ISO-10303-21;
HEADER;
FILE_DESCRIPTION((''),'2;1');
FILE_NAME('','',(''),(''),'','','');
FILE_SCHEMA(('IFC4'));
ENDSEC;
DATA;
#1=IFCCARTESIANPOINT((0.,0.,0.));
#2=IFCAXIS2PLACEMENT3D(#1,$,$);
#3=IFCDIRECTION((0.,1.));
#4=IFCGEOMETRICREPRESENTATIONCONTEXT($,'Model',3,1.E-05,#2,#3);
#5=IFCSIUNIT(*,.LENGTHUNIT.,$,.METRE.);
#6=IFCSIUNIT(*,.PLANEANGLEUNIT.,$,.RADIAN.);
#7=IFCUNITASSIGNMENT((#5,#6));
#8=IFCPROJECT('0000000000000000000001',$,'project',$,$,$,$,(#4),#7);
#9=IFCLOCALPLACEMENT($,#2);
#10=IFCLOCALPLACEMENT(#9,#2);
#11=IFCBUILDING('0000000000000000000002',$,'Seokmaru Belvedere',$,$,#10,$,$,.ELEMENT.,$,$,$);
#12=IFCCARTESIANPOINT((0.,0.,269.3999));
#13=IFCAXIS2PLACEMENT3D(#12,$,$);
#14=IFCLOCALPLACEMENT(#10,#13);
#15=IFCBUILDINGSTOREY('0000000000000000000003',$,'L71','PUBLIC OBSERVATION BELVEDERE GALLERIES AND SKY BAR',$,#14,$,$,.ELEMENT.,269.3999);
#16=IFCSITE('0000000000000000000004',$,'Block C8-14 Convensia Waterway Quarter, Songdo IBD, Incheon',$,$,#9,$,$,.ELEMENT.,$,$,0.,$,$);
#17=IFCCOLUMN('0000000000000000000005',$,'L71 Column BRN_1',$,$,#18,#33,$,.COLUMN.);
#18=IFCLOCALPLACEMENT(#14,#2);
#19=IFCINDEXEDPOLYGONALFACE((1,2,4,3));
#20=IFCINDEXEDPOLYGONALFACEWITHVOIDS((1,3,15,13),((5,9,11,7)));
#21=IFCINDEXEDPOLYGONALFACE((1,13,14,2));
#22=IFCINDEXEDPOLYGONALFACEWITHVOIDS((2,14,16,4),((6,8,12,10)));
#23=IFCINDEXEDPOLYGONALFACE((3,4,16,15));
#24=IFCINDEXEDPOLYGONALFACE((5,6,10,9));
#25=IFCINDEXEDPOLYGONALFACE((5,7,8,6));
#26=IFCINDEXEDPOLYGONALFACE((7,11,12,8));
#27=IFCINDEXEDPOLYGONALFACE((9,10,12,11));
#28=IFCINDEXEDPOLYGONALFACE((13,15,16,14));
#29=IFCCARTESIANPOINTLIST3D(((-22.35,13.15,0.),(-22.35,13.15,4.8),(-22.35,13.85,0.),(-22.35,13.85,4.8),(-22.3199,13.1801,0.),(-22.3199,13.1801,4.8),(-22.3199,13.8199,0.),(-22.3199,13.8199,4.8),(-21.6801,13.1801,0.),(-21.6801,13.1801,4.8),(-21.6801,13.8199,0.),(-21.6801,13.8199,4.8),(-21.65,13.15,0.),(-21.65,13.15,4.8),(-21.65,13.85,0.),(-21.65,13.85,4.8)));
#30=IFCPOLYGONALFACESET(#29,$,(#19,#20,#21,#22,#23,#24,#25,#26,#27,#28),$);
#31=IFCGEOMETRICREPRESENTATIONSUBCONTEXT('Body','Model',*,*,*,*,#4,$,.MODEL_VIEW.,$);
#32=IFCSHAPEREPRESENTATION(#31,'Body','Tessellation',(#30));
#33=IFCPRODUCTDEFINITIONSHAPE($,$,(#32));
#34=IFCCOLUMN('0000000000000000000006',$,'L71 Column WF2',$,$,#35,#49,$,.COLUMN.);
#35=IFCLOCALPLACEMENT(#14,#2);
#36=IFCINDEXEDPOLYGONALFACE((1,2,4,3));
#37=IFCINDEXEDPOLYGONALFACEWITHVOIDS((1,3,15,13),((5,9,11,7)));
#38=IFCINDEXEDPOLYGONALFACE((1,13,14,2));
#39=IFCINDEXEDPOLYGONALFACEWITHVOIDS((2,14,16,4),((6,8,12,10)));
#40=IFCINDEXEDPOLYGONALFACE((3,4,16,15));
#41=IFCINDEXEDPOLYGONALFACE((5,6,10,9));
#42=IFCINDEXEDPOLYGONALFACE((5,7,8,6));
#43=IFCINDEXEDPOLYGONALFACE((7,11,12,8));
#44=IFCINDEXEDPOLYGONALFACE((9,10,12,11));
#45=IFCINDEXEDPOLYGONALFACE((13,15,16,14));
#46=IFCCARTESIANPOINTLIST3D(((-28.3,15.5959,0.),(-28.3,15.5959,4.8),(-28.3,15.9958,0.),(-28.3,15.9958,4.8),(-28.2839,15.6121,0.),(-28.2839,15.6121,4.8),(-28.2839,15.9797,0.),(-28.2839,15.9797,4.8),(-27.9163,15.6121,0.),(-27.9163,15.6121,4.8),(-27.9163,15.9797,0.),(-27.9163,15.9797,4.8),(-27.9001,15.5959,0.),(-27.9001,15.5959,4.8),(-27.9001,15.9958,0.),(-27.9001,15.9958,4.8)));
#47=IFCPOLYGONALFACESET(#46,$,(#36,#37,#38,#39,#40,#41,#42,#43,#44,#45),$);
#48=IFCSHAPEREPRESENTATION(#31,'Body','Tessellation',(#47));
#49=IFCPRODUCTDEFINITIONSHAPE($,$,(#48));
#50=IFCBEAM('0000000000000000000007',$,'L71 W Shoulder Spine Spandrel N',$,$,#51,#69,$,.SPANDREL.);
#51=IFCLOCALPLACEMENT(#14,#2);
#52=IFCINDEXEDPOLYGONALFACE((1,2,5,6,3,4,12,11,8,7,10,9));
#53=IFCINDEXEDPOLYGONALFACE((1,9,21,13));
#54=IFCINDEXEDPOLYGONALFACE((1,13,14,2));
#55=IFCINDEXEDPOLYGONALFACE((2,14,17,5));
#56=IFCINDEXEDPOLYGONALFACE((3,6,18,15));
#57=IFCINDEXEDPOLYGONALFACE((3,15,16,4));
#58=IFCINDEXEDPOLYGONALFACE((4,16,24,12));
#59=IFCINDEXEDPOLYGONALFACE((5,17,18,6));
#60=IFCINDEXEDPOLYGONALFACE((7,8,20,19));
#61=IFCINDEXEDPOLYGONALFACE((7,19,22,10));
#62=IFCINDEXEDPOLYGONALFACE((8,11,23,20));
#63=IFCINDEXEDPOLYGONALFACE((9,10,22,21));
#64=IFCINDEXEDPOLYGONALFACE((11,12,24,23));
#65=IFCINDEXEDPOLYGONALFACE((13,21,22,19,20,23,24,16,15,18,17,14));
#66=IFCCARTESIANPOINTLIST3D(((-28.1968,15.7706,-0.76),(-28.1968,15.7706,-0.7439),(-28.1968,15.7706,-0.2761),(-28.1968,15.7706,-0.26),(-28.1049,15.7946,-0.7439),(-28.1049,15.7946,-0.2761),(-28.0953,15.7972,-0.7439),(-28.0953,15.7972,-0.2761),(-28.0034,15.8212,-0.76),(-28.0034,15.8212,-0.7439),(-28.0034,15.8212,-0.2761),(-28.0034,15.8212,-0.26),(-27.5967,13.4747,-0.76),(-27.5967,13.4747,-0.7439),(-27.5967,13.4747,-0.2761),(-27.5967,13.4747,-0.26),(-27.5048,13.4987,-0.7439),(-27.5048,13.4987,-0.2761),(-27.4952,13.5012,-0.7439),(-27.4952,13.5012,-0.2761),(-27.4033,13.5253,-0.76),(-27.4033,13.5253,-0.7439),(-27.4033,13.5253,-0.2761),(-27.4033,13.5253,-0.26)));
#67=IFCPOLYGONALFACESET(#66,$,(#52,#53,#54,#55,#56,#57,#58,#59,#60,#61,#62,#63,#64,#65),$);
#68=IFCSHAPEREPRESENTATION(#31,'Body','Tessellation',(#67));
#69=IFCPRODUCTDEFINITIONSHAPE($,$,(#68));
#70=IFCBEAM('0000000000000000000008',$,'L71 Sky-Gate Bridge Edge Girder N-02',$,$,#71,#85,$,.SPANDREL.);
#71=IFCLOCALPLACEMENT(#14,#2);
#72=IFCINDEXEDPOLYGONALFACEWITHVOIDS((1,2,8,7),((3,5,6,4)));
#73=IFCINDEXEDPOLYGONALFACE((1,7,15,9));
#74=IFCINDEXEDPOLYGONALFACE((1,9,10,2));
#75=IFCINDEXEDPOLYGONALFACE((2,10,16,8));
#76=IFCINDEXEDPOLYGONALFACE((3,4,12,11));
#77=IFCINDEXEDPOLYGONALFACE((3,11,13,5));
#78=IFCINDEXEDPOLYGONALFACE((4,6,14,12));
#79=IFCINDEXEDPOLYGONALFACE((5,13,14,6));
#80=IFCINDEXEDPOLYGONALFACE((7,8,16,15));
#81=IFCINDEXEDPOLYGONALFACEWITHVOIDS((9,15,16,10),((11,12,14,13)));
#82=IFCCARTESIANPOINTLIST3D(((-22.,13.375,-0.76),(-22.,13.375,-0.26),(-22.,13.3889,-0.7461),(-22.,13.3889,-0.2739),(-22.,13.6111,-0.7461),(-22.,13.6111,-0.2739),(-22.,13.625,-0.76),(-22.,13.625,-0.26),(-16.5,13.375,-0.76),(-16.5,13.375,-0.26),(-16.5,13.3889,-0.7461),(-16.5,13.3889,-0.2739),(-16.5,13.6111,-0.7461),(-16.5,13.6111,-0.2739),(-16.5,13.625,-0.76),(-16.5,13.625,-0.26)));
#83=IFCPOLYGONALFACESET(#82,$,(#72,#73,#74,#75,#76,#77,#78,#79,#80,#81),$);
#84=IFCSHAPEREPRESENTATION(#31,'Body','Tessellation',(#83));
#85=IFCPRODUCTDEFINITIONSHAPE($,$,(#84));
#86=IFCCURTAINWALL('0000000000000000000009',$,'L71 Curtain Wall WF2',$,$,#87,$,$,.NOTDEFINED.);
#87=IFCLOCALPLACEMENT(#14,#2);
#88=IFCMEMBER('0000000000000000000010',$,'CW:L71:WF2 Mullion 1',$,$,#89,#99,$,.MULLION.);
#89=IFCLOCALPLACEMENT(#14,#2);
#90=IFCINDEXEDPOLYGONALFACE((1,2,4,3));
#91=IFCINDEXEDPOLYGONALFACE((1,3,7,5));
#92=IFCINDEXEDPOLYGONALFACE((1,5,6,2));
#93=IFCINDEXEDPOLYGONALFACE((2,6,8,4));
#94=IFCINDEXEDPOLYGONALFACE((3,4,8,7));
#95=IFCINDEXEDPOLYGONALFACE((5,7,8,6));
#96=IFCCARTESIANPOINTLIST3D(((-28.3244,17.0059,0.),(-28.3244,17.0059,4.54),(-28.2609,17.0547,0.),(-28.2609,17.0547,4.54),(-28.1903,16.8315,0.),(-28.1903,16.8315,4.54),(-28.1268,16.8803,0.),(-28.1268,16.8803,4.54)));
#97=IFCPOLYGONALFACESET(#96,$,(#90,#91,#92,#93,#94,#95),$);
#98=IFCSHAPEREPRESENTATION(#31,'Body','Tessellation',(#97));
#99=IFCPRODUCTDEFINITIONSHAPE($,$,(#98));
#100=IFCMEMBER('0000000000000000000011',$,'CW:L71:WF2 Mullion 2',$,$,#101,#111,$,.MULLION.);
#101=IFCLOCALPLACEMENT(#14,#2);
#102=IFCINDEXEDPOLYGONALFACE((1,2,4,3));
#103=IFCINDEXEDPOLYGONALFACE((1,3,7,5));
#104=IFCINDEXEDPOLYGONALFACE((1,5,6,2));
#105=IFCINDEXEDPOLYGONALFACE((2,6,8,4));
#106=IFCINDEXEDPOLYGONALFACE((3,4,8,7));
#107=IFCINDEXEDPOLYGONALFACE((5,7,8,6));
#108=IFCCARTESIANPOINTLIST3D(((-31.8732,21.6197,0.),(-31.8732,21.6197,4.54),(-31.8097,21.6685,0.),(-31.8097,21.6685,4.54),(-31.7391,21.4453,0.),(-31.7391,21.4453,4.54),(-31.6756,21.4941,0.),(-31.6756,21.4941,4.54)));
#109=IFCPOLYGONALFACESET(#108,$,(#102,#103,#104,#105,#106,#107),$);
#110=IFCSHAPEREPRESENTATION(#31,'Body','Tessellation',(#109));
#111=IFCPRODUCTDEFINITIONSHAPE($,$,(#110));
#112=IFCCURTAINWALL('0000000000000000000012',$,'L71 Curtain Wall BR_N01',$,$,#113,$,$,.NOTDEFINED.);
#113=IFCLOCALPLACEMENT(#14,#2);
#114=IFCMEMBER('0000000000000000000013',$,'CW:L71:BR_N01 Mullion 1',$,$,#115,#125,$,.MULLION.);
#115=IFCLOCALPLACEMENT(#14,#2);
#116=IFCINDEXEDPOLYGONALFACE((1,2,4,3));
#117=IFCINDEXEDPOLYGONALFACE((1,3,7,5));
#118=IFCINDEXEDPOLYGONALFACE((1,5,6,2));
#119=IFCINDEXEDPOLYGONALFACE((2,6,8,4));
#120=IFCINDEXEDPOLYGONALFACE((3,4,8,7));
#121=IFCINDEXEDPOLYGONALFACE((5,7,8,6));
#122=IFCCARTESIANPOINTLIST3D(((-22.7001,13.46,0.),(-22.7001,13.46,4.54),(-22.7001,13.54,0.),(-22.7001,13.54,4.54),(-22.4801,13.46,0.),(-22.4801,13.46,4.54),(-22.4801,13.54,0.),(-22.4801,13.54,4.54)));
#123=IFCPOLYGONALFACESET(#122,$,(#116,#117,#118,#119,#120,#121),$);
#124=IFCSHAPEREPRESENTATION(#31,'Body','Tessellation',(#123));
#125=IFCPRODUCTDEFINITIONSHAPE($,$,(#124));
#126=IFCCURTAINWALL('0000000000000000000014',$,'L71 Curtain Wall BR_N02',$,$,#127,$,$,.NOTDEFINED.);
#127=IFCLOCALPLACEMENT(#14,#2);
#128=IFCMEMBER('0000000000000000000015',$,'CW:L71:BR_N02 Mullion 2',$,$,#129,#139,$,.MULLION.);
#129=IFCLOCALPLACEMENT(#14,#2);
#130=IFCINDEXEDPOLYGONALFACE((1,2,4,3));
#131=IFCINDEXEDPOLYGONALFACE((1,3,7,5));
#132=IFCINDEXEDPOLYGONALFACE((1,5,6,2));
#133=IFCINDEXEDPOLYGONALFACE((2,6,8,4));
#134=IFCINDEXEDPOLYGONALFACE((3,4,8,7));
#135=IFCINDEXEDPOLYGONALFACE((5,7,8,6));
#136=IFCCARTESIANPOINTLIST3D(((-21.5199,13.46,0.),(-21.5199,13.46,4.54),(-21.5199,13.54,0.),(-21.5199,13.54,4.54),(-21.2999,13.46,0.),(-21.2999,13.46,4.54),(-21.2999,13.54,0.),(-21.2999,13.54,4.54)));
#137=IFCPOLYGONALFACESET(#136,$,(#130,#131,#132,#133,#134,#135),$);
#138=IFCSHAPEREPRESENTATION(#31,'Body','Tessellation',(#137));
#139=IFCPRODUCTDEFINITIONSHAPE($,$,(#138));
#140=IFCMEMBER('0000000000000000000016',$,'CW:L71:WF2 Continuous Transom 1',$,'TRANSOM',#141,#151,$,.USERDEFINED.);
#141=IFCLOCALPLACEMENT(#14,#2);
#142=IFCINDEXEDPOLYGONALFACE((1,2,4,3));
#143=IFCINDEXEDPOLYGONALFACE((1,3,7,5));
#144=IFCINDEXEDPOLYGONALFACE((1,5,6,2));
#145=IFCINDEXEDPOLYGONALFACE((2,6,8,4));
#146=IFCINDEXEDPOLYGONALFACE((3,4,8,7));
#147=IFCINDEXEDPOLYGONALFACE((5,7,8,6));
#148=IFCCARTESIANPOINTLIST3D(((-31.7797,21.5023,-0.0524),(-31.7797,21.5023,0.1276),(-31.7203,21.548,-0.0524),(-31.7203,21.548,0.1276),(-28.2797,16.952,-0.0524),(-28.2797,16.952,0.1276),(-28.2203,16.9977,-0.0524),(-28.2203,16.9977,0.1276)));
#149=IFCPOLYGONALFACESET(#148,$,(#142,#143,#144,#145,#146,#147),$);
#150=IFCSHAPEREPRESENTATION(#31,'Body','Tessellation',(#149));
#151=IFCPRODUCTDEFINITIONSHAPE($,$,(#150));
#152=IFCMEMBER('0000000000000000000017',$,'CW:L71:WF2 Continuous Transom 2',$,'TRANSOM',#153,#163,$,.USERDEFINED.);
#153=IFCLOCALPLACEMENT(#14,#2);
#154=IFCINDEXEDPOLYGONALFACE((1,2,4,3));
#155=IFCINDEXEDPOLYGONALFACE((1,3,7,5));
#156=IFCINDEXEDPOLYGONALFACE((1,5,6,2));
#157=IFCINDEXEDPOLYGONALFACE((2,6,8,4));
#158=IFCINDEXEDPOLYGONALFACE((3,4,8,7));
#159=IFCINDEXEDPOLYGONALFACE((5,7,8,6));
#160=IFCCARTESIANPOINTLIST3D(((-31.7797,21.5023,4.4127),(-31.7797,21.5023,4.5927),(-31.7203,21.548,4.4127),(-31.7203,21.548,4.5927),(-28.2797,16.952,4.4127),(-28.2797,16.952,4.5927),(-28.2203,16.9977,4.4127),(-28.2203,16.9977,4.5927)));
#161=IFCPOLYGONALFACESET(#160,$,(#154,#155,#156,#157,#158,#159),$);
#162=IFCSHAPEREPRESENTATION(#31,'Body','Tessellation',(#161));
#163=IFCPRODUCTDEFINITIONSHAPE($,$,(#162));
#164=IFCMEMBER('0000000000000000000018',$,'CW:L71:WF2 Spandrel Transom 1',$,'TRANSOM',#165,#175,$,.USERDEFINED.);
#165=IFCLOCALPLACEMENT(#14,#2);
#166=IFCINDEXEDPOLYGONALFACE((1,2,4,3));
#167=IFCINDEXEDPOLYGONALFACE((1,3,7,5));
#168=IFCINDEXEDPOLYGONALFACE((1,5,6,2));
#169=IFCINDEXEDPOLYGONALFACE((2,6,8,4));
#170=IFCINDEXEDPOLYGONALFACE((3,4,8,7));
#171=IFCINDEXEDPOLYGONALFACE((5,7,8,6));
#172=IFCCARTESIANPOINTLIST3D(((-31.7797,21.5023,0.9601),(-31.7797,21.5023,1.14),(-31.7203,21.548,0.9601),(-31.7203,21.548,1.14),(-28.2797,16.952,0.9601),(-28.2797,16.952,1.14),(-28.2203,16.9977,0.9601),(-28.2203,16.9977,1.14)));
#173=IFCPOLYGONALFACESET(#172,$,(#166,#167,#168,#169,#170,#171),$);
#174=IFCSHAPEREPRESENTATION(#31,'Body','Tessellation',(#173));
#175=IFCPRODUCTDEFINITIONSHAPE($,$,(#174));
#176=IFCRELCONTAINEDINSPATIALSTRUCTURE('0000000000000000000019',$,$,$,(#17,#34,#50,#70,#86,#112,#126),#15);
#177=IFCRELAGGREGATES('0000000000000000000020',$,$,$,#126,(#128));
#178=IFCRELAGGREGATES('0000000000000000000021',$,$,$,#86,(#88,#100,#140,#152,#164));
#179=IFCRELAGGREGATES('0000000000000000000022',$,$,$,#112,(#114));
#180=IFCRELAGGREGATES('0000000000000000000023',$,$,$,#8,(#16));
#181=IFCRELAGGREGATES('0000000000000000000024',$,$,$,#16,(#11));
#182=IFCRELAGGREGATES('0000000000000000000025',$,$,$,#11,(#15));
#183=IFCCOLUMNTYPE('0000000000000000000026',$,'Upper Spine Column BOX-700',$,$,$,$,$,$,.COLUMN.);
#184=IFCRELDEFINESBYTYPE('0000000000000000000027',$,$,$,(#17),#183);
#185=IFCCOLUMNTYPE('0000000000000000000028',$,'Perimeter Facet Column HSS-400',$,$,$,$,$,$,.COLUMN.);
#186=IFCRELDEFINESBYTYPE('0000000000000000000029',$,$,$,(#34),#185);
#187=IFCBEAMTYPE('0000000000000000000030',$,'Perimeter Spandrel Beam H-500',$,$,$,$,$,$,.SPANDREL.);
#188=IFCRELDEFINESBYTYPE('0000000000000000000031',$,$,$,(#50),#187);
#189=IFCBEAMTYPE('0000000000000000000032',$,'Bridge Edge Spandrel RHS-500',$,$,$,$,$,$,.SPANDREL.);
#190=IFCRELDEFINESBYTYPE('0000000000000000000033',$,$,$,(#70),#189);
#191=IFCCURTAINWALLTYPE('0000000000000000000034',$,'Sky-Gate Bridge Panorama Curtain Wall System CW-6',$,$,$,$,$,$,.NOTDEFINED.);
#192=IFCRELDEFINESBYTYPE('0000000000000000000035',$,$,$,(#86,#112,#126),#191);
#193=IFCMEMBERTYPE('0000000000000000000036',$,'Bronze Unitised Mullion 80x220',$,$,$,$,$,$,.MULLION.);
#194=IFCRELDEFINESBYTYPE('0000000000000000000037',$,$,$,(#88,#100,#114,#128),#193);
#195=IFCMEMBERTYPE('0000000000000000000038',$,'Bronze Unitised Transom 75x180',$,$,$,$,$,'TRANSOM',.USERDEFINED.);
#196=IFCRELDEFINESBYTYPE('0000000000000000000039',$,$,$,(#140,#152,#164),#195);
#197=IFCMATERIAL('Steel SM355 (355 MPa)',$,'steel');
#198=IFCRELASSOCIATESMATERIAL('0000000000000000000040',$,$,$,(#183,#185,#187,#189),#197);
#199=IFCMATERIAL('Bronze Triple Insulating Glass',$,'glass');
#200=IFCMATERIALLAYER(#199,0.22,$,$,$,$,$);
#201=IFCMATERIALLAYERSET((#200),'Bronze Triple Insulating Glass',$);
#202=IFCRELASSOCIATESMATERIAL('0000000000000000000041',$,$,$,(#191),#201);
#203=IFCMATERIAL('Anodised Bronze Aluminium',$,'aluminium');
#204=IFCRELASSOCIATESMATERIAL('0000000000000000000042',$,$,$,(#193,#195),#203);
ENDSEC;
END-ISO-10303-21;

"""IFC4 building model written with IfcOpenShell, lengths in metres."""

from ifc_helpers import new_model, si_unit, direction, frame, origin, origin_2d, place, context, subcontext, project, spatial, rectangle, hollow_rectangle, i_section, extrude, source, transform, mapped, material, layer, layer_set, material_profile, profile_set, type_object, type_shapes, element, aggregate, save


model = new_model("IFC4")

# Units and contexts
model_context = context("Model", 3, precision=1e-05, world=origin(), true_north=direction((0.0, 1.0)))
body_context = subcontext(model_context, "Body", "Model", "MODEL_VIEW")
ifc_project = project(units=[si_unit("LENGTHUNIT", "METRE"), si_unit("PLANEANGLEUNIT", "RADIAN")], contexts=[model_context])

# Site, building, storey
site_placement = place(None, origin())
site = spatial("IfcSite", under=ifc_project, at=site_placement, Name="Block C8-14 Convensia Waterway Quarter, Songdo IBD, Incheon", CompositionType="ELEMENT", RefElevation=0.0)
building_placement = place(site_placement, origin())
building = spatial("IfcBuilding", under=site, at=building_placement, Name="Seokmaru Belvedere", CompositionType="ELEMENT")
storey_placement = place(building_placement, frame((0.0, 0.0, 269.3999)))
storey = spatial("IfcBuildingStorey", under=building, at=storey_placement, Name="L71", Description="PUBLIC OBSERVATION BELVEDERE GALLERIES AND SKY BAR", CompositionType="ELEMENT", Elevation=269.3999)

# Columns
ifc_material_1 = material(Name="Steel SM355 (355 MPa)", Category="steel")
ifc_material_profile_1 = material_profile(ifc_material_1, hollow_rectangle(XDim=0.7, YDim=0.7, WallThickness=0.03, at=origin_2d()), Name="BOX-700x700x30")
ifc_profile_set_1 = profile_set([ifc_material_profile_1], Name="Steel SM355 (355 MPa)")
column_type_1 = type_object("IfcColumnType", Name="Upper Spine Column BOX-700", PredefinedType="COLUMN", material=ifc_profile_set_1)
shared_shape_1 = source(origin(), body_context, "Body", "SweptSolid", [
    extrude(hollow_rectangle(XDim=0.7, YDim=0.7, WallThickness=0.03, at=origin_2d()), origin(), (0.0, 0.0, 1.0), 4.8),
])
type_shapes(column_type_1, [shared_shape_1])
column_1_placement = place(storey_placement, frame((-22.0, 13.5, 0.0), z_axis=(0.0, 0.0, 1.0), x_axis=(1.0, 0.0, 0.0)))
element("IfcColumn", 1, at=column_1_placement, inside=storey, type_object=column_type_1, Name="L71 Column BRN_1", PredefinedType="COLUMN", context=body_context, shape_type="MappedRepresentation", body=[
    mapped(shared_shape_1, transform((0.0, 0.0, 0.0), scale=1.0)),
])
ifc_material_profile_2 = material_profile(ifc_material_1, hollow_rectangle(XDim=0.3999, YDim=0.3999, WallThickness=0.0161, at=origin_2d()), Name="HSS-400x400x16")
ifc_profile_set_2 = profile_set([ifc_material_profile_2], Name="Steel SM355 (355 MPa)")
column_type_2 = type_object("IfcColumnType", Name="Perimeter Facet Column HSS-400", PredefinedType="COLUMN", material=ifc_profile_set_2)
shared_shape_2 = source(origin(), body_context, "Body", "SweptSolid", [
    extrude(hollow_rectangle(XDim=0.3999, YDim=0.3999, WallThickness=0.0161, at=origin_2d()), origin(), (0.0, 0.0, 1.0), 4.8),
])
type_shapes(column_type_2, [shared_shape_2])
column_2_placement = place(storey_placement, frame((-28.1001, 15.7959, 0.0), z_axis=(0.0, 0.0, 1.0), x_axis=(1.0, 0.0, 0.0)))
element("IfcColumn", 2, at=column_2_placement, inside=storey, type_object=column_type_2, Name="L71 Column WF2", PredefinedType="COLUMN", context=body_context, shape_type="MappedRepresentation", body=[
    mapped(shared_shape_2, transform((0.0, 0.0, 0.0), scale=1.0)),
])

# Beams
ifc_material_profile_3 = material_profile(ifc_material_1, i_section(OverallWidth=0.2, OverallDepth=0.5, WebThickness=0.01, FlangeThickness=0.0161, at=origin_2d()), Name="H-500x200x10x16")
ifc_profile_set_3 = profile_set([ifc_material_profile_3], Name="Steel SM355 (355 MPa)")
beam_type_1 = type_object("IfcBeamType", Name="Perimeter Spandrel Beam H-500", PredefinedType="SPANDREL", material=ifc_profile_set_3)
shared_shape_3 = source(origin(), body_context, "Body", "SweptSolid", [
    extrude(i_section(OverallWidth=0.2, OverallDepth=0.5, WebThickness=0.01, FlangeThickness=0.0161, at=origin_2d()), origin(), (0.0, 0.0, 1.0), 2.373),
])
type_shapes(beam_type_1, [shared_shape_3])
beam_1_placement = place(storey_placement, frame((-28.1001, 15.7959, -0.51), z_axis=(0.252883, -0.967497, 0.0), x_axis=(0.967497, 0.252883, 0.0)))
element("IfcBeam", 3, at=beam_1_placement, inside=storey, type_object=beam_type_1, Name="L71 W Shoulder Spine Spandrel N", PredefinedType="SPANDREL", context=body_context, shape_type="MappedRepresentation", body=[
    mapped(shared_shape_3, transform((0.0, 0.0, 0.0), scale=1.0)),
])
ifc_material_profile_4 = material_profile(ifc_material_1, hollow_rectangle(XDim=0.25, YDim=0.5, WallThickness=0.0139, at=origin_2d()), Name="RHS-500x250x14")
ifc_profile_set_4 = profile_set([ifc_material_profile_4], Name="Steel SM355 (355 MPa)")
beam_type_2 = type_object("IfcBeamType", Name="Bridge Edge Spandrel RHS-500", PredefinedType="SPANDREL", material=ifc_profile_set_4)
shared_shape_4 = source(origin(), body_context, "Body", "SweptSolid", [
    extrude(hollow_rectangle(XDim=0.25, YDim=0.5, WallThickness=0.0139, at=origin_2d()), origin(), (0.0, 0.0, 1.0), 5.5),
])
type_shapes(beam_type_2, [shared_shape_4])
beam_2_placement = place(storey_placement, frame((-22.0, 13.5, -0.51), z_axis=(1.0, 0.0, 0.0), x_axis=(0.0, 1.0, 0.0)))
element("IfcBeam", 4, at=beam_2_placement, inside=storey, type_object=beam_type_2, Name="L71 Sky-Gate Bridge Edge Girder N-02", PredefinedType="SPANDREL", context=body_context, shape_type="MappedRepresentation", body=[
    mapped(shared_shape_4, transform((0.0, 0.0, 0.0), scale=1.0)),
])

# Curtain wall, members
ifc_material_2 = material(Name="Bronze Triple Insulating Glass", Category="glass")
ifc_layer_1 = layer(ifc_material_2, 0.22)
ifc_layer_set_1 = layer_set([ifc_layer_1], Name="Bronze Triple Insulating Glass")
curtain_wall_type = type_object("IfcCurtainWallType", Name="Sky-Gate Bridge Panorama Curtain Wall System CW-6", PredefinedType="NOTDEFINED", material=ifc_layer_set_1)
curtain_wall_1_placement = place(storey_placement, origin())
curtain_wall_1 = element("IfcCurtainWall", 5, at=curtain_wall_1_placement, inside=storey, type_object=curtain_wall_type, Name="L71 Curtain Wall WF2", PredefinedType="NOTDEFINED")
ifc_material_3 = material(Name="Anodised Bronze Aluminium", Category="aluminium")
ifc_material_profile_5 = material_profile(ifc_material_3, rectangle(XDim=0.0801, YDim=0.22, at=origin_2d()), Name="CW-M-80x220")
ifc_profile_set_5 = profile_set([ifc_material_profile_5], Name="Anodised Bronze Aluminium")
member_type_1 = type_object("IfcMemberType", Name="Bronze Unitised Mullion 80x220", PredefinedType="MULLION", material=ifc_profile_set_5)
shared_shape_5 = source(origin(), body_context, "Body", "SweptSolid", [
    extrude(rectangle(XDim=0.0801, YDim=0.22, at=origin_2d()), origin(), (0.0, 0.0, 1.0), 4.54),
])
type_shapes(member_type_1, [shared_shape_5])
member_1_placement = place(storey_placement, frame((-28.2256, 16.9431, 0.0), z_axis=(0.0, 0.0, 1.0), x_axis=(-0.792631, -0.609701, 0.0)))
member_1 = element("IfcMember", 6, at=member_1_placement, type_object=member_type_1, Name="CW:L71:WF2 Mullion 1", PredefinedType="MULLION", context=body_context, shape_type="MappedRepresentation", body=[
    mapped(shared_shape_5, transform((0.0, 0.0, 0.0), scale=1.0)),
])
member_2_placement = place(storey_placement, frame((-31.7744, 21.5569, 0.0), z_axis=(0.0, 0.0, 1.0), x_axis=(-0.792631, -0.609701, 0.0)))
member_2 = element("IfcMember", 7, at=member_2_placement, type_object=member_type_1, Name="CW:L71:WF2 Mullion 2", PredefinedType="MULLION", context=body_context, shape_type="MappedRepresentation", body=[
    mapped(shared_shape_5, transform((0.0, 0.0, 0.0), scale=1.0)),
])

# Curtain walls, members
curtain_wall_2_placement = place(storey_placement, origin())
curtain_wall_2 = element("IfcCurtainWall", 8, at=curtain_wall_2_placement, inside=storey, type_object=curtain_wall_type, Name="L71 Curtain Wall BR_N01", PredefinedType="NOTDEFINED")
member_3_placement = place(storey_placement, frame((-22.5901, 13.5, 0.0), z_axis=(0.0, 0.0, 1.0), x_axis=(0.0, -1.0, 0.0)))
member_3 = element("IfcMember", 9, at=member_3_placement, type_object=member_type_1, Name="CW:L71:BR_N01 Mullion 1", PredefinedType="MULLION", context=body_context, shape_type="MappedRepresentation", body=[
    mapped(shared_shape_5, transform((0.0, 0.0, 0.0), scale=1.0)),
])
curtain_wall_3_placement = place(storey_placement, origin())
curtain_wall_3 = element("IfcCurtainWall", 10, at=curtain_wall_3_placement, inside=storey, type_object=curtain_wall_type, Name="L71 Curtain Wall BR_N02", PredefinedType="NOTDEFINED")
member_4_placement = place(storey_placement, frame((-21.4099, 13.5, 0.0), z_axis=(0.0, 0.0, 1.0), x_axis=(0.0, -1.0, 0.0)))
member_4 = element("IfcMember", 11, at=member_4_placement, type_object=member_type_1, Name="CW:L71:BR_N02 Mullion 2", PredefinedType="MULLION", context=body_context, shape_type="MappedRepresentation", body=[
    mapped(shared_shape_5, transform((0.0, 0.0, 0.0), scale=1.0)),
])
aggregate(curtain_wall_3, [member_4])

# Members
ifc_material_profile_6 = material_profile(ifc_material_3, rectangle(XDim=0.075, YDim=0.1799, at=origin_2d()), Name="CW-T-75x180")
ifc_profile_set_6 = profile_set([ifc_material_profile_6], Name="Anodised Bronze Aluminium")
member_type_2 = type_object("IfcMemberType", Name="Bronze Unitised Transom 75x180", ElementType="TRANSOM", PredefinedType="USERDEFINED", material=ifc_profile_set_6)
shared_shape_6 = source(origin(), body_context, "Body", "SweptSolid", [
    extrude(rectangle(XDim=0.075, YDim=0.1799, at=origin_2d()), origin(), (0.0, 0.0, 1.0), 5.7407),
])
member_5_placement = place(storey_placement, frame((-28.25, 16.9749, 0.0376), z_axis=(-0.609686, 0.792643, 0.0), x_axis=(-0.792643, -0.609686, 0.0)))
member_5 = element("IfcMember", 12, at=member_5_placement, type_object=member_type_2, Name="CW:L71:WF2 Continuous Transom 1", ObjectType="TRANSOM", PredefinedType="USERDEFINED", context=body_context, shape_type="MappedRepresentation", body=[
    mapped(shared_shape_6, transform((0.0, 0.0, 0.0), scale=1.0)),
])
member_6_placement = place(storey_placement, frame((-28.25, 16.9749, 4.5027), z_axis=(-0.609686, 0.792643, 0.0), x_axis=(-0.792643, -0.609686, 0.0)))
member_6 = element("IfcMember", 13, at=member_6_placement, type_object=member_type_2, Name="CW:L71:WF2 Continuous Transom 2", ObjectType="TRANSOM", PredefinedType="USERDEFINED", context=body_context, shape_type="MappedRepresentation", body=[
    mapped(shared_shape_6, transform((0.0, 0.0, 0.0), scale=1.0)),
])
member_7_placement = place(storey_placement, frame((-28.25, 16.9749, 1.05), z_axis=(-0.609686, 0.792643, 0.0), x_axis=(-0.792643, -0.609686, 0.0)))
member_7 = element("IfcMember", 14, at=member_7_placement, type_object=member_type_2, Name="CW:L71:WF2 Spandrel Transom 1", ObjectType="TRANSOM", PredefinedType="USERDEFINED", context=body_context, shape_type="MappedRepresentation", body=[
    mapped(shared_shape_6, transform((0.0, 0.0, 0.0), scale=1.0)),
])

aggregate(curtain_wall_1, [member_1, member_2, member_5, member_6, member_7])
aggregate(curtain_wall_2, [member_3])

save(model, "model.ifc")
